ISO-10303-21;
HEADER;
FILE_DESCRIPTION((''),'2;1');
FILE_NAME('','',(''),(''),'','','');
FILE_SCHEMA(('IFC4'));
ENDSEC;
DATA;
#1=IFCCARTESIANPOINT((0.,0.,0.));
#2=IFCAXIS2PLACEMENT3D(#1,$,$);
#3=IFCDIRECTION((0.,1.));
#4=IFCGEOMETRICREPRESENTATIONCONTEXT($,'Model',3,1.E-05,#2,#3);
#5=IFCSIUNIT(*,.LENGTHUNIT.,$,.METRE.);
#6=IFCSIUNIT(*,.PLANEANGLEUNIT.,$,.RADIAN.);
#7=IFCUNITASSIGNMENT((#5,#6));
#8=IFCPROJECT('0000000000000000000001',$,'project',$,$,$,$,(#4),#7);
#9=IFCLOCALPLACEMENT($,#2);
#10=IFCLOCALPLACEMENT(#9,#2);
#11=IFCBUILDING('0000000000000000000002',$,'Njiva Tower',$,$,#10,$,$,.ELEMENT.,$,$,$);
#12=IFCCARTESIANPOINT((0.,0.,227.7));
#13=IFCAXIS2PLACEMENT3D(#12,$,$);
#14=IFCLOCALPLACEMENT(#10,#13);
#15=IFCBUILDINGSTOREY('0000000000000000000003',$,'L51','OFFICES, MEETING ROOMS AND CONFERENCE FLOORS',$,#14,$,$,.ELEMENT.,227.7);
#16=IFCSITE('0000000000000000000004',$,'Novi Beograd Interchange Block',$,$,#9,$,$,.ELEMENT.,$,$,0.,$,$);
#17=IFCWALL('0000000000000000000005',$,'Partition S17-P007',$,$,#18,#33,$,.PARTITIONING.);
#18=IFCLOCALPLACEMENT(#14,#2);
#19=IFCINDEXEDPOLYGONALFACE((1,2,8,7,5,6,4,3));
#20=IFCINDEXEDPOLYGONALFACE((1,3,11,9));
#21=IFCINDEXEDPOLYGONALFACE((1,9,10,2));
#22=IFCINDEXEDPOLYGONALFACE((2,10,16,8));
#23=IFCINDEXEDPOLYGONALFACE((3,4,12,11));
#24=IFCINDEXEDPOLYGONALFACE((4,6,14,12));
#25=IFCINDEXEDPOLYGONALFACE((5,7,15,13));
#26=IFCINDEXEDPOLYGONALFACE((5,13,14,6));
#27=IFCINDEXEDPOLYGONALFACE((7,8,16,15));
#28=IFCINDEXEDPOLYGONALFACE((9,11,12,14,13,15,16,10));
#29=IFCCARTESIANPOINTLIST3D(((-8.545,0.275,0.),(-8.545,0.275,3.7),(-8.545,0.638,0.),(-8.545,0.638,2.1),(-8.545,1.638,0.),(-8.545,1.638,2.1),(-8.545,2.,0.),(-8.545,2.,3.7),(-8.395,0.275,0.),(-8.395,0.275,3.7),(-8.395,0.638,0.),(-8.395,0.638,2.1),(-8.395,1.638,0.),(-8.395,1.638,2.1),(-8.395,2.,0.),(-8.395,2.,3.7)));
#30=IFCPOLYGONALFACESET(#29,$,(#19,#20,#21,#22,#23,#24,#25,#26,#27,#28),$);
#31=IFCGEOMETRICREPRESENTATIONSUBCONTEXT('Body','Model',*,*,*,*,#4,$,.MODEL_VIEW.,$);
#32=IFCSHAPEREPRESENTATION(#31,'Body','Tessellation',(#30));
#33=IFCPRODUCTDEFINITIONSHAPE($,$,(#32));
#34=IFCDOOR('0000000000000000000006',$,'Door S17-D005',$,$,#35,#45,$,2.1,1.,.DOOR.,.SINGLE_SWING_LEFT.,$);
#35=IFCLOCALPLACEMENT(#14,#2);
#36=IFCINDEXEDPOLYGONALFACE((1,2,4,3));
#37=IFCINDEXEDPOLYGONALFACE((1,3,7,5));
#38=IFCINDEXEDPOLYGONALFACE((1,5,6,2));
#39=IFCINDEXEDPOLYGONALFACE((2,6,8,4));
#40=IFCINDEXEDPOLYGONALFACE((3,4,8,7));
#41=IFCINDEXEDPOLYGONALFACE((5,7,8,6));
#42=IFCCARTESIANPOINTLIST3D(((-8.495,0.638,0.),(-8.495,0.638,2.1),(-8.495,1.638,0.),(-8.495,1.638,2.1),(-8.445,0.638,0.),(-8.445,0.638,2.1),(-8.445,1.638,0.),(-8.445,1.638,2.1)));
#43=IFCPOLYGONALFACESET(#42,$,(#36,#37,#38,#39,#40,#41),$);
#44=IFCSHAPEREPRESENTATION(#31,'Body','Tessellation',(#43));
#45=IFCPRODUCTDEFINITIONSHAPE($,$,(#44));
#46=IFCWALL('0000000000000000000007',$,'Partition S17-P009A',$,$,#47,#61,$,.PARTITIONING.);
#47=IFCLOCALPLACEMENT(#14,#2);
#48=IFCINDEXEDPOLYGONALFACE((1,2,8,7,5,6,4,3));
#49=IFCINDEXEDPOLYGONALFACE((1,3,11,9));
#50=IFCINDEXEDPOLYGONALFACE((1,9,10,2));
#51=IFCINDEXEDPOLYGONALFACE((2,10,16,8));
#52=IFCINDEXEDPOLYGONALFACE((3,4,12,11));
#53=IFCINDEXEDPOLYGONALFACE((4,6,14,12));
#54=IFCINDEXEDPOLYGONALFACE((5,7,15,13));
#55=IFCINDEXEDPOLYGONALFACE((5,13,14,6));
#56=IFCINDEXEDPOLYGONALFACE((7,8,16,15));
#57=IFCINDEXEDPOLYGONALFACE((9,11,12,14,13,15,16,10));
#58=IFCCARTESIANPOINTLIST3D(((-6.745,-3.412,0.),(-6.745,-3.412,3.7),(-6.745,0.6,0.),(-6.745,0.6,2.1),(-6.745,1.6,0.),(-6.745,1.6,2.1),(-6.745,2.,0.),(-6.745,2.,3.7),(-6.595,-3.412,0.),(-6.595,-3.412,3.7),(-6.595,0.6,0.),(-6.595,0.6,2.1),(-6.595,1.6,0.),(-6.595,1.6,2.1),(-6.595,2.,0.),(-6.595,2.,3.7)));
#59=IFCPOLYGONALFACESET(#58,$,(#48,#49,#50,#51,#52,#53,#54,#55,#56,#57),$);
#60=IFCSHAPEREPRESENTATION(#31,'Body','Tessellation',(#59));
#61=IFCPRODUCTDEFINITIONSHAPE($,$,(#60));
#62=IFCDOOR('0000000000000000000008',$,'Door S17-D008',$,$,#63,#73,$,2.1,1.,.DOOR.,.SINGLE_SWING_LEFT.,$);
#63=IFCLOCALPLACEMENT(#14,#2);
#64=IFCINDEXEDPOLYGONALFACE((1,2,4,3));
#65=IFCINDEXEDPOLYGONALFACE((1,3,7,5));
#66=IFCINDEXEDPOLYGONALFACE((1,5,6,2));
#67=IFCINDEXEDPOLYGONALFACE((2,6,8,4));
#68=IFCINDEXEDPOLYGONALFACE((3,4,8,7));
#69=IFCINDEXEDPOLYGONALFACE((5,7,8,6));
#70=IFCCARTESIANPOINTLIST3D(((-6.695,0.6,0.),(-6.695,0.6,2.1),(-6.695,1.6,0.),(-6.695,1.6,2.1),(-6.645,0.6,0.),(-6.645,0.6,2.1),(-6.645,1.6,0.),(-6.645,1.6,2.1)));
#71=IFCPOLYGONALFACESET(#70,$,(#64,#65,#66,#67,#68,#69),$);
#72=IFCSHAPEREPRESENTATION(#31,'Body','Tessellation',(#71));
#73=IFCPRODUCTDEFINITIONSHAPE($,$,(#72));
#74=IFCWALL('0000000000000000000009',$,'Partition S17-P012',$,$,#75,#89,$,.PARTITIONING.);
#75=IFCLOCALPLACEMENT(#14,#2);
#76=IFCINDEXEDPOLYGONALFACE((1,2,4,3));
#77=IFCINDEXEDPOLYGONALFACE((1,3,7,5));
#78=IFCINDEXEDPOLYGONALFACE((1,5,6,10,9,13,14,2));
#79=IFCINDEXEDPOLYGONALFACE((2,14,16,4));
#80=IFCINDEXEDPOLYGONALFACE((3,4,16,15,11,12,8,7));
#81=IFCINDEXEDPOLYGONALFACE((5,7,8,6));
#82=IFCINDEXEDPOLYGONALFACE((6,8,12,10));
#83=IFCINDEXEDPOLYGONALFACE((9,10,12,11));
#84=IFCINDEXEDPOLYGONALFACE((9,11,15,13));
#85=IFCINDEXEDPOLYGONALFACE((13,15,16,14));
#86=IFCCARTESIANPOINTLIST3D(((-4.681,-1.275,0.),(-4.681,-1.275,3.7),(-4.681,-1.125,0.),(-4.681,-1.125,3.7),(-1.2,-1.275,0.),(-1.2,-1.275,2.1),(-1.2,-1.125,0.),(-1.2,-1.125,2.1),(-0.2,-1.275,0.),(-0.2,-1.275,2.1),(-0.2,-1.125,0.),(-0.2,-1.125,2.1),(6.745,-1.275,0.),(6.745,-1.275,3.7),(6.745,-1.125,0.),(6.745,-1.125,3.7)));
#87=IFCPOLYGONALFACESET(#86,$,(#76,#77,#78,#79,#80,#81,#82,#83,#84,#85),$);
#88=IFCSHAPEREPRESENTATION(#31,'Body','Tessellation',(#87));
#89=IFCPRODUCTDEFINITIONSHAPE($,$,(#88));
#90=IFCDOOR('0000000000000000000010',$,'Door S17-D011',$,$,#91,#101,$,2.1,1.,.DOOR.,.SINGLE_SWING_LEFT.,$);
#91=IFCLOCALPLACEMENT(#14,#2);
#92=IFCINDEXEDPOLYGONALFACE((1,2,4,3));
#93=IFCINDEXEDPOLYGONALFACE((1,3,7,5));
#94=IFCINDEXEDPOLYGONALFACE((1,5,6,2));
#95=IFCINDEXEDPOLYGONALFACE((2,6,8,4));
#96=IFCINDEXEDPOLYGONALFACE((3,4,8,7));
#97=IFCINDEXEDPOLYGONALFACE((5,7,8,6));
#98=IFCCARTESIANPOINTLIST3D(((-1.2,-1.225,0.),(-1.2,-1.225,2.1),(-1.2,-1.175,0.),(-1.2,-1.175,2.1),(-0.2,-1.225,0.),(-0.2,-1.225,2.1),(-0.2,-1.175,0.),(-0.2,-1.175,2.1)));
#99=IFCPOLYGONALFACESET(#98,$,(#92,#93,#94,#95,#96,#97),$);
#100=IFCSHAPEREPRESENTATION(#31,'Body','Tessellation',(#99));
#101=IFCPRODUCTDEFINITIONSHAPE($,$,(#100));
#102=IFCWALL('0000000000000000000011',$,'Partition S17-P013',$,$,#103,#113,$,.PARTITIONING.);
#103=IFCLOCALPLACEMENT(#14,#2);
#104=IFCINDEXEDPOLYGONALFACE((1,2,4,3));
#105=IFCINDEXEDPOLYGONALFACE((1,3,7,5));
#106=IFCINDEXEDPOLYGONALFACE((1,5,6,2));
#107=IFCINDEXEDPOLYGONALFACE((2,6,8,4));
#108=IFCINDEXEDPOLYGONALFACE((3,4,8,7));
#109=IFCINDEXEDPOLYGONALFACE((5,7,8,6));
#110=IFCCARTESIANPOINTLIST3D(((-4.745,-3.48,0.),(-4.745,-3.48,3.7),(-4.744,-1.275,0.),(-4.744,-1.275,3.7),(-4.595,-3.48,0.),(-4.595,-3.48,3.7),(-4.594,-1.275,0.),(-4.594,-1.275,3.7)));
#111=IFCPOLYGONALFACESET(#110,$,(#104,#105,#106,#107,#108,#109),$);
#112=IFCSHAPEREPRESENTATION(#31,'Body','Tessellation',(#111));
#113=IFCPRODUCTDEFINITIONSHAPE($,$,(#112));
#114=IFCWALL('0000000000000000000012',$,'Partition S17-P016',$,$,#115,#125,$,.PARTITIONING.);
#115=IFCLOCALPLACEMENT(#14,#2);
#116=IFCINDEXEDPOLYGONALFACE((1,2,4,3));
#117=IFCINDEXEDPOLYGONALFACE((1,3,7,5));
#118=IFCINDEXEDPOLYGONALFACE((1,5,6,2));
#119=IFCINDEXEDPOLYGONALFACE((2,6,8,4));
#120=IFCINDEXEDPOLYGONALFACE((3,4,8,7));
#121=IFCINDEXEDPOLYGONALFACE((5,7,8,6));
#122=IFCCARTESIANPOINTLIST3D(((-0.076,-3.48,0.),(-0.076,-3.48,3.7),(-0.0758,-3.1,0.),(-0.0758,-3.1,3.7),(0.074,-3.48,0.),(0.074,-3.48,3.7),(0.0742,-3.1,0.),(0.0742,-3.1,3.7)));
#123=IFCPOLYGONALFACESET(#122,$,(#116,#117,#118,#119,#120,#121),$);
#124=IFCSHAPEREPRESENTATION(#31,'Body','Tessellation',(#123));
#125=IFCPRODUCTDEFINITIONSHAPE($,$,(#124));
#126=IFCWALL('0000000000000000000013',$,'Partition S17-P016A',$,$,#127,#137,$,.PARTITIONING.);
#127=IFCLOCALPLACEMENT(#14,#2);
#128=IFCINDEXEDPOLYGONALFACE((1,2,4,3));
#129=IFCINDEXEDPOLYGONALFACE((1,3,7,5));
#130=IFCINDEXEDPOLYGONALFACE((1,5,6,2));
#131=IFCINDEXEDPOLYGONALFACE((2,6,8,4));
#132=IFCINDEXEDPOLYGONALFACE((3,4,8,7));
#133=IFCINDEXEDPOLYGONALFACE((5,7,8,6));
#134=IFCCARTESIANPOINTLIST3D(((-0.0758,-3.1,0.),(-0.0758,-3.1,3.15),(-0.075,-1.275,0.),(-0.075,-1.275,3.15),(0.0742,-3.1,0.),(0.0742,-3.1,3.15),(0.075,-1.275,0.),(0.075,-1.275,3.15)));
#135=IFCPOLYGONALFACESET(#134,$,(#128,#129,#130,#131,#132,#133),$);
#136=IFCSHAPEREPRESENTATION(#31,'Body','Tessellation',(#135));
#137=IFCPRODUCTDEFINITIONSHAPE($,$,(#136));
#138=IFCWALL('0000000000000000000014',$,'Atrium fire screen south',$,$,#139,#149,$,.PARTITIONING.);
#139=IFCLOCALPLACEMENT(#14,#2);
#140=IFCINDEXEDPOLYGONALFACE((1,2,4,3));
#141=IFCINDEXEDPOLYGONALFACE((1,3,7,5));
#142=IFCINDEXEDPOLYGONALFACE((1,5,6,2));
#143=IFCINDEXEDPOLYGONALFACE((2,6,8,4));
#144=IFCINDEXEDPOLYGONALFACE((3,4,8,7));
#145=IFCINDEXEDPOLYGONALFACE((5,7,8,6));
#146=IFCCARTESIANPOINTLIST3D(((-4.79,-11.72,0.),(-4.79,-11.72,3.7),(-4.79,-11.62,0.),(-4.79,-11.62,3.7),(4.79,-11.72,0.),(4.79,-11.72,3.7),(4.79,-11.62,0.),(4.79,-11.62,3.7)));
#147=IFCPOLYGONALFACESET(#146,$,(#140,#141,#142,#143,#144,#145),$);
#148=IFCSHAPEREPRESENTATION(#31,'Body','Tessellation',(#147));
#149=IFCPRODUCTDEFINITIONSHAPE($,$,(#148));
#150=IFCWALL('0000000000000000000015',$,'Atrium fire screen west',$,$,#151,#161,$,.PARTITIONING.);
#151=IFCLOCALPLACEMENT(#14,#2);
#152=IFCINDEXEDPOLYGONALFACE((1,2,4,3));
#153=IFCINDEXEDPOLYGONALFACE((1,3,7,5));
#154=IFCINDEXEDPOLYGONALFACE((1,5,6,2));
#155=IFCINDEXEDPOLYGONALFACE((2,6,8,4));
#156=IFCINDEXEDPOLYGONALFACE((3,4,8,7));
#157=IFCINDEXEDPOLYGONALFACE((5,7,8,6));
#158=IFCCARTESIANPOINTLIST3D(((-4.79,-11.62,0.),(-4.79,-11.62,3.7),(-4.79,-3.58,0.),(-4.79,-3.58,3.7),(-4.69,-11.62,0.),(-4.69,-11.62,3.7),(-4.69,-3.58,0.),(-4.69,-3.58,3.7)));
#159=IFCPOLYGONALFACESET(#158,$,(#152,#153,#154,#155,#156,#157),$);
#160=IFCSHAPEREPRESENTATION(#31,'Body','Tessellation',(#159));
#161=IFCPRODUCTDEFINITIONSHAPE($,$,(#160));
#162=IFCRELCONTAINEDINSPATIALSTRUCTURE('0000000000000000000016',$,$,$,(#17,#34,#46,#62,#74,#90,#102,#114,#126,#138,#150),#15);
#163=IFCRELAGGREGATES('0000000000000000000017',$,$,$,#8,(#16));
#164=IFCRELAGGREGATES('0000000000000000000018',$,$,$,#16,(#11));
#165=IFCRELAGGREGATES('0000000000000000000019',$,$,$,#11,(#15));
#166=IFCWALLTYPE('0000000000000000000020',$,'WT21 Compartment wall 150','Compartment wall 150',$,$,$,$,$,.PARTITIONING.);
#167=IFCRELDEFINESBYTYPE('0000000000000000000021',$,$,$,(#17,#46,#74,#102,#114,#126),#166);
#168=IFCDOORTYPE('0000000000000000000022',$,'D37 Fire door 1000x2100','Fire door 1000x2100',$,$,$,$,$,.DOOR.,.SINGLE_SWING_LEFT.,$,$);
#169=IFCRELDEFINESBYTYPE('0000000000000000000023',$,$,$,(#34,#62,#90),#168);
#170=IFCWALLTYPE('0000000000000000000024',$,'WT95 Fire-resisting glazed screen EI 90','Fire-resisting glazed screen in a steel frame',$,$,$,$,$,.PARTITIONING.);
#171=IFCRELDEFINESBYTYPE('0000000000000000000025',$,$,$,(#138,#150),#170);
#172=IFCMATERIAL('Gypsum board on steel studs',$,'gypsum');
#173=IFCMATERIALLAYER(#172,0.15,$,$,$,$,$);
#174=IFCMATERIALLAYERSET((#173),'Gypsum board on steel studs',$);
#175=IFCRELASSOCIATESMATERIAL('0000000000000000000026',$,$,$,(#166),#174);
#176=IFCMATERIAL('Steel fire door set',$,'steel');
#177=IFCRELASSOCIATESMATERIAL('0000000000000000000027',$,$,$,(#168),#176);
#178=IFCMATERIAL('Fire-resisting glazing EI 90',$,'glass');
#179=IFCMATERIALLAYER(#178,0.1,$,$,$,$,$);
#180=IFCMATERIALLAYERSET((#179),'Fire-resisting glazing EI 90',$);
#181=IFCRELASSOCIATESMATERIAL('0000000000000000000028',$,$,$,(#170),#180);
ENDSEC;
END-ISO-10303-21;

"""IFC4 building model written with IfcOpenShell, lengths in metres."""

from ifc_helpers import new_model, si_unit, direction, frame, frame_2d, origin, place, context, subcontext, project, spatial, rectangle, extrude, material, layer, layer_set, type_object, element, fill, save


model = new_model("IFC4")

# Units and contexts
model_context = context("Model", 3, precision=1e-05, world=origin(), true_north=direction((0.0, 1.0)))
body_context = subcontext(model_context, "Body", "Model", "MODEL_VIEW")
ifc_project = project(units=[si_unit("LENGTHUNIT", "METRE"), si_unit("PLANEANGLEUNIT", "RADIAN")], contexts=[model_context])

# Site, building, storey
site_placement = place(None, origin())
site = spatial("IfcSite", under=ifc_project, at=site_placement, Name="Novi Beograd Interchange Block", CompositionType="ELEMENT", RefElevation=0.0)
building_placement = place(site_placement, origin())
building = spatial("IfcBuilding", under=site, at=building_placement, Name="Njiva Tower", CompositionType="ELEMENT")
storey_placement = place(building_placement, frame((0.0, 0.0, 227.7)))
storey = spatial("IfcBuildingStorey", under=building, at=storey_placement, Name="L51", Description="OFFICES, MEETING ROOMS AND CONFERENCE FLOORS", CompositionType="ELEMENT", Elevation=227.7)

# Shared definitions
ifc_material_1 = material(Name="Gypsum board on steel studs", Category="gypsum")
ifc_layer_1 = layer(ifc_material_1, 0.15)
ifc_layer_set_1 = layer_set([ifc_layer_1], Name="Gypsum board on steel studs")
wall_type_1 = type_object("IfcWallType", Name="WT21 Compartment wall 150", Description="Compartment wall 150", PredefinedType="PARTITIONING", material=ifc_layer_set_1)

# Walls, openings, doors
wall_1_placement = place(storey_placement, frame((-8.47, 0.275, 0.0), z_axis=(0.0, 0.0, 1.0), x_axis=(0.0, 1.0, 0.0)))
wall_1 = element("IfcWall", 1, at=wall_1_placement, inside=storey, type_object=wall_type_1, Name="Partition S17-P007", PredefinedType="PARTITIONING", context=body_context, shape_type="SweptSolid", body=[
    extrude(rectangle(XDim=1.725, YDim=0.15, at=frame_2d((0.8625, 0.0))), origin(), (0.0, 0.0, 1.0), 3.7),
])
opening_1_placement = place(wall_1_placement, frame((0.363, 0.0, 0.0)))
opening_1 = element("IfcOpeningElement", 2, at=opening_1_placement, cuts=wall_1, PredefinedType="OPENING", context=body_context, shape_type="SweptSolid", body=[
    extrude(rectangle(XDim=1.0, YDim=2.1, at=frame_2d((0.5, 1.05))), frame((0.0, 0.085, 0.0), z_axis=(0.0, -1.0, 0.0), x_axis=(1.0, 0.0, 0.0)), (0.0, 0.0, 1.0), 0.17),
])
ifc_material_2 = material(Name="Steel fire door set", Category="steel")
door_type = type_object("IfcDoorType", Name="D37 Fire door 1000x2100", Description="Fire door 1000x2100", OperationType="SINGLE_SWING_LEFT", PredefinedType="DOOR", material=ifc_material_2)
door_1_placement = place(opening_1_placement, origin())
door_1 = element("IfcDoor", 3, at=door_1_placement, inside=storey, type_object=door_type, Name="Door S17-D005", OperationType="SINGLE_SWING_LEFT", OverallHeight=2.1, OverallWidth=1.0, PredefinedType="DOOR", context=body_context, shape_type="SweptSolid", body=[
    extrude(rectangle(XDim=1.0, YDim=2.1, at=frame_2d((0.5, 1.05))), frame((0.0, 0.025, 0.0), z_axis=(0.0, -1.0, 0.0), x_axis=(1.0, 0.0, 0.0)), (0.0, 0.0, 1.0), 0.05),
])
fill(opening_1, door_1)
wall_2_placement = place(storey_placement, frame((-6.67, -3.412, 0.0), z_axis=(0.0, 0.0, 1.0), x_axis=(0.0, 1.0, 0.0)))
wall_2 = element("IfcWall", 4, at=wall_2_placement, inside=storey, type_object=wall_type_1, Name="Partition S17-P009A", PredefinedType="PARTITIONING", context=body_context, shape_type="SweptSolid", body=[
    extrude(rectangle(XDim=5.412, YDim=0.15, at=frame_2d((2.706, 0.0))), origin(), (0.0, 0.0, 1.0), 3.7),
])
opening_2_placement = place(wall_2_placement, frame((4.012, 0.0, 0.0)))
opening_2 = element("IfcOpeningElement", 5, at=opening_2_placement, cuts=wall_2, PredefinedType="OPENING", context=body_context, shape_type="SweptSolid", body=[
    extrude(rectangle(XDim=1.0, YDim=2.1, at=frame_2d((0.5, 1.05))), frame((0.0, 0.085, 0.0), z_axis=(0.0, -1.0, 0.0), x_axis=(1.0, 0.0, 0.0)), (0.0, 0.0, 1.0), 0.17),
])
door_2_placement = place(opening_2_placement, origin())
door_2 = element("IfcDoor", 6, at=door_2_placement, inside=storey, type_object=door_type, Name="Door S17-D008", OperationType="SINGLE_SWING_LEFT", OverallHeight=2.1, OverallWidth=1.0, PredefinedType="DOOR", context=body_context, shape_type="SweptSolid", body=[
    extrude(rectangle(XDim=1.0, YDim=2.1, at=frame_2d((0.5, 1.05))), frame((0.0, 0.025, 0.0), z_axis=(0.0, -1.0, 0.0), x_axis=(1.0, 0.0, 0.0)), (0.0, 0.0, 1.0), 0.05),
])
fill(opening_2, door_2)
wall_3_placement = place(storey_placement, frame((-4.681, -1.2, 0.0), z_axis=(0.0, 0.0, 1.0), x_axis=(1.0, 0.0, 0.0)))
wall_3 = element("IfcWall", 7, at=wall_3_placement, inside=storey, type_object=wall_type_1, Name="Partition S17-P012", PredefinedType="PARTITIONING", context=body_context, shape_type="SweptSolid", body=[
    extrude(rectangle(XDim=11.426, YDim=0.15, at=frame_2d((5.713, 0.0))), origin(), (0.0, 0.0, 1.0), 3.7),
])
opening_3_placement = place(wall_3_placement, frame((3.481, 0.0, 0.0)))
opening_3 = element("IfcOpeningElement", 8, at=opening_3_placement, cuts=wall_3, PredefinedType="OPENING", context=body_context, shape_type="SweptSolid", body=[
    extrude(rectangle(XDim=1.0, YDim=2.1, at=frame_2d((0.5, 1.05))), frame((0.0, 0.085, 0.0), z_axis=(0.0, -1.0, 0.0), x_axis=(1.0, 0.0, 0.0)), (0.0, 0.0, 1.0), 0.17),
])
door_3_placement = place(opening_3_placement, origin())
door_3 = element("IfcDoor", 9, at=door_3_placement, inside=storey, type_object=door_type, Name="Door S17-D011", OperationType="SINGLE_SWING_LEFT", OverallHeight=2.1, OverallWidth=1.0, PredefinedType="DOOR", context=body_context, shape_type="SweptSolid", body=[
    extrude(rectangle(XDim=1.0, YDim=2.1, at=frame_2d((0.5, 1.05))), frame((0.0, 0.025, 0.0), z_axis=(0.0, -1.0, 0.0), x_axis=(1.0, 0.0, 0.0)), (0.0, 0.0, 1.0), 0.05),
])
fill(opening_3, door_3)

# Walls
wall_4_placement = place(storey_placement, frame((-4.67, -3.48, 0.0), z_axis=(0.0, 0.0, 1.0), x_axis=(0.000454, 1.0, 0.0)))
element("IfcWall", 10, at=wall_4_placement, inside=storey, type_object=wall_type_1, Name="Partition S17-P013", PredefinedType="PARTITIONING", context=body_context, shape_type="SweptSolid", body=[
    extrude(rectangle(XDim=2.205, YDim=0.15, at=frame_2d((1.1025, 0.0))), origin(), (0.0, 0.0, 1.0), 3.7),
])
wall_5_placement = place(storey_placement, frame((-0.001, -3.48, 0.0), z_axis=(0.0, 0.0, 1.0), x_axis=(0.000526, 1.0, 0.0)))
element("IfcWall", 11, at=wall_5_placement, inside=storey, type_object=wall_type_1, Name="Partition S17-P016", PredefinedType="PARTITIONING", context=body_context, shape_type="SweptSolid", body=[
    extrude(rectangle(XDim=0.38, YDim=0.15, at=frame_2d((0.19, 0.0))), origin(), (0.0, 0.0, 1.0), 3.7),
])
wall_6_placement = place(storey_placement, frame((-0.0008, -3.1, 0.0), z_axis=(0.0, 0.0, 1.0), x_axis=(0.000438, 1.0, 0.0)))
element("IfcWall", 12, at=wall_6_placement, inside=storey, type_object=wall_type_1, Name="Partition S17-P016A", PredefinedType="PARTITIONING", context=body_context, shape_type="SweptSolid", body=[
    extrude(rectangle(XDim=1.825, YDim=0.15, at=frame_2d((0.9125, 0.0))), origin(), (0.0, 0.0, 1.0), 3.15),
])
ifc_material_3 = material(Name="Fire-resisting glazing EI 90", Category="glass")
ifc_layer_2 = layer(ifc_material_3, 0.1)
ifc_layer_set_2 = layer_set([ifc_layer_2], Name="Fire-resisting glazing EI 90")
wall_type_2 = type_object("IfcWallType", Name="WT95 Fire-resisting glazed screen EI 90", Description="Fire-resisting glazed screen in a steel frame", PredefinedType="PARTITIONING", material=ifc_layer_set_2)
wall_7_placement = place(storey_placement, frame((-4.79, -11.67, 0.0), z_axis=(0.0, 0.0, 1.0), x_axis=(1.0, 0.0, 0.0)))
element("IfcWall", 13, at=wall_7_placement, inside=storey, type_object=wall_type_2, Name="Atrium fire screen south", PredefinedType="PARTITIONING", context=body_context, shape_type="SweptSolid", body=[
    extrude(rectangle(XDim=9.58, YDim=0.1, at=frame_2d((4.79, 0.0))), origin(), (0.0, 0.0, 1.0), 3.7),
])
wall_8_placement = place(storey_placement, frame((-4.74, -3.58, 0.0), z_axis=(0.0, 0.0, 1.0), x_axis=(0.0, -1.0, 0.0)))
element("IfcWall", 14, at=wall_8_placement, inside=storey, type_object=wall_type_2, Name="Atrium fire screen west", PredefinedType="PARTITIONING", context=body_context, shape_type="SweptSolid", body=[
    extrude(rectangle(XDim=8.04, YDim=0.1, at=frame_2d((4.02, 0.0))), origin(), (0.0, 0.0, 1.0), 3.7),
])

save(model, "model.ifc")
